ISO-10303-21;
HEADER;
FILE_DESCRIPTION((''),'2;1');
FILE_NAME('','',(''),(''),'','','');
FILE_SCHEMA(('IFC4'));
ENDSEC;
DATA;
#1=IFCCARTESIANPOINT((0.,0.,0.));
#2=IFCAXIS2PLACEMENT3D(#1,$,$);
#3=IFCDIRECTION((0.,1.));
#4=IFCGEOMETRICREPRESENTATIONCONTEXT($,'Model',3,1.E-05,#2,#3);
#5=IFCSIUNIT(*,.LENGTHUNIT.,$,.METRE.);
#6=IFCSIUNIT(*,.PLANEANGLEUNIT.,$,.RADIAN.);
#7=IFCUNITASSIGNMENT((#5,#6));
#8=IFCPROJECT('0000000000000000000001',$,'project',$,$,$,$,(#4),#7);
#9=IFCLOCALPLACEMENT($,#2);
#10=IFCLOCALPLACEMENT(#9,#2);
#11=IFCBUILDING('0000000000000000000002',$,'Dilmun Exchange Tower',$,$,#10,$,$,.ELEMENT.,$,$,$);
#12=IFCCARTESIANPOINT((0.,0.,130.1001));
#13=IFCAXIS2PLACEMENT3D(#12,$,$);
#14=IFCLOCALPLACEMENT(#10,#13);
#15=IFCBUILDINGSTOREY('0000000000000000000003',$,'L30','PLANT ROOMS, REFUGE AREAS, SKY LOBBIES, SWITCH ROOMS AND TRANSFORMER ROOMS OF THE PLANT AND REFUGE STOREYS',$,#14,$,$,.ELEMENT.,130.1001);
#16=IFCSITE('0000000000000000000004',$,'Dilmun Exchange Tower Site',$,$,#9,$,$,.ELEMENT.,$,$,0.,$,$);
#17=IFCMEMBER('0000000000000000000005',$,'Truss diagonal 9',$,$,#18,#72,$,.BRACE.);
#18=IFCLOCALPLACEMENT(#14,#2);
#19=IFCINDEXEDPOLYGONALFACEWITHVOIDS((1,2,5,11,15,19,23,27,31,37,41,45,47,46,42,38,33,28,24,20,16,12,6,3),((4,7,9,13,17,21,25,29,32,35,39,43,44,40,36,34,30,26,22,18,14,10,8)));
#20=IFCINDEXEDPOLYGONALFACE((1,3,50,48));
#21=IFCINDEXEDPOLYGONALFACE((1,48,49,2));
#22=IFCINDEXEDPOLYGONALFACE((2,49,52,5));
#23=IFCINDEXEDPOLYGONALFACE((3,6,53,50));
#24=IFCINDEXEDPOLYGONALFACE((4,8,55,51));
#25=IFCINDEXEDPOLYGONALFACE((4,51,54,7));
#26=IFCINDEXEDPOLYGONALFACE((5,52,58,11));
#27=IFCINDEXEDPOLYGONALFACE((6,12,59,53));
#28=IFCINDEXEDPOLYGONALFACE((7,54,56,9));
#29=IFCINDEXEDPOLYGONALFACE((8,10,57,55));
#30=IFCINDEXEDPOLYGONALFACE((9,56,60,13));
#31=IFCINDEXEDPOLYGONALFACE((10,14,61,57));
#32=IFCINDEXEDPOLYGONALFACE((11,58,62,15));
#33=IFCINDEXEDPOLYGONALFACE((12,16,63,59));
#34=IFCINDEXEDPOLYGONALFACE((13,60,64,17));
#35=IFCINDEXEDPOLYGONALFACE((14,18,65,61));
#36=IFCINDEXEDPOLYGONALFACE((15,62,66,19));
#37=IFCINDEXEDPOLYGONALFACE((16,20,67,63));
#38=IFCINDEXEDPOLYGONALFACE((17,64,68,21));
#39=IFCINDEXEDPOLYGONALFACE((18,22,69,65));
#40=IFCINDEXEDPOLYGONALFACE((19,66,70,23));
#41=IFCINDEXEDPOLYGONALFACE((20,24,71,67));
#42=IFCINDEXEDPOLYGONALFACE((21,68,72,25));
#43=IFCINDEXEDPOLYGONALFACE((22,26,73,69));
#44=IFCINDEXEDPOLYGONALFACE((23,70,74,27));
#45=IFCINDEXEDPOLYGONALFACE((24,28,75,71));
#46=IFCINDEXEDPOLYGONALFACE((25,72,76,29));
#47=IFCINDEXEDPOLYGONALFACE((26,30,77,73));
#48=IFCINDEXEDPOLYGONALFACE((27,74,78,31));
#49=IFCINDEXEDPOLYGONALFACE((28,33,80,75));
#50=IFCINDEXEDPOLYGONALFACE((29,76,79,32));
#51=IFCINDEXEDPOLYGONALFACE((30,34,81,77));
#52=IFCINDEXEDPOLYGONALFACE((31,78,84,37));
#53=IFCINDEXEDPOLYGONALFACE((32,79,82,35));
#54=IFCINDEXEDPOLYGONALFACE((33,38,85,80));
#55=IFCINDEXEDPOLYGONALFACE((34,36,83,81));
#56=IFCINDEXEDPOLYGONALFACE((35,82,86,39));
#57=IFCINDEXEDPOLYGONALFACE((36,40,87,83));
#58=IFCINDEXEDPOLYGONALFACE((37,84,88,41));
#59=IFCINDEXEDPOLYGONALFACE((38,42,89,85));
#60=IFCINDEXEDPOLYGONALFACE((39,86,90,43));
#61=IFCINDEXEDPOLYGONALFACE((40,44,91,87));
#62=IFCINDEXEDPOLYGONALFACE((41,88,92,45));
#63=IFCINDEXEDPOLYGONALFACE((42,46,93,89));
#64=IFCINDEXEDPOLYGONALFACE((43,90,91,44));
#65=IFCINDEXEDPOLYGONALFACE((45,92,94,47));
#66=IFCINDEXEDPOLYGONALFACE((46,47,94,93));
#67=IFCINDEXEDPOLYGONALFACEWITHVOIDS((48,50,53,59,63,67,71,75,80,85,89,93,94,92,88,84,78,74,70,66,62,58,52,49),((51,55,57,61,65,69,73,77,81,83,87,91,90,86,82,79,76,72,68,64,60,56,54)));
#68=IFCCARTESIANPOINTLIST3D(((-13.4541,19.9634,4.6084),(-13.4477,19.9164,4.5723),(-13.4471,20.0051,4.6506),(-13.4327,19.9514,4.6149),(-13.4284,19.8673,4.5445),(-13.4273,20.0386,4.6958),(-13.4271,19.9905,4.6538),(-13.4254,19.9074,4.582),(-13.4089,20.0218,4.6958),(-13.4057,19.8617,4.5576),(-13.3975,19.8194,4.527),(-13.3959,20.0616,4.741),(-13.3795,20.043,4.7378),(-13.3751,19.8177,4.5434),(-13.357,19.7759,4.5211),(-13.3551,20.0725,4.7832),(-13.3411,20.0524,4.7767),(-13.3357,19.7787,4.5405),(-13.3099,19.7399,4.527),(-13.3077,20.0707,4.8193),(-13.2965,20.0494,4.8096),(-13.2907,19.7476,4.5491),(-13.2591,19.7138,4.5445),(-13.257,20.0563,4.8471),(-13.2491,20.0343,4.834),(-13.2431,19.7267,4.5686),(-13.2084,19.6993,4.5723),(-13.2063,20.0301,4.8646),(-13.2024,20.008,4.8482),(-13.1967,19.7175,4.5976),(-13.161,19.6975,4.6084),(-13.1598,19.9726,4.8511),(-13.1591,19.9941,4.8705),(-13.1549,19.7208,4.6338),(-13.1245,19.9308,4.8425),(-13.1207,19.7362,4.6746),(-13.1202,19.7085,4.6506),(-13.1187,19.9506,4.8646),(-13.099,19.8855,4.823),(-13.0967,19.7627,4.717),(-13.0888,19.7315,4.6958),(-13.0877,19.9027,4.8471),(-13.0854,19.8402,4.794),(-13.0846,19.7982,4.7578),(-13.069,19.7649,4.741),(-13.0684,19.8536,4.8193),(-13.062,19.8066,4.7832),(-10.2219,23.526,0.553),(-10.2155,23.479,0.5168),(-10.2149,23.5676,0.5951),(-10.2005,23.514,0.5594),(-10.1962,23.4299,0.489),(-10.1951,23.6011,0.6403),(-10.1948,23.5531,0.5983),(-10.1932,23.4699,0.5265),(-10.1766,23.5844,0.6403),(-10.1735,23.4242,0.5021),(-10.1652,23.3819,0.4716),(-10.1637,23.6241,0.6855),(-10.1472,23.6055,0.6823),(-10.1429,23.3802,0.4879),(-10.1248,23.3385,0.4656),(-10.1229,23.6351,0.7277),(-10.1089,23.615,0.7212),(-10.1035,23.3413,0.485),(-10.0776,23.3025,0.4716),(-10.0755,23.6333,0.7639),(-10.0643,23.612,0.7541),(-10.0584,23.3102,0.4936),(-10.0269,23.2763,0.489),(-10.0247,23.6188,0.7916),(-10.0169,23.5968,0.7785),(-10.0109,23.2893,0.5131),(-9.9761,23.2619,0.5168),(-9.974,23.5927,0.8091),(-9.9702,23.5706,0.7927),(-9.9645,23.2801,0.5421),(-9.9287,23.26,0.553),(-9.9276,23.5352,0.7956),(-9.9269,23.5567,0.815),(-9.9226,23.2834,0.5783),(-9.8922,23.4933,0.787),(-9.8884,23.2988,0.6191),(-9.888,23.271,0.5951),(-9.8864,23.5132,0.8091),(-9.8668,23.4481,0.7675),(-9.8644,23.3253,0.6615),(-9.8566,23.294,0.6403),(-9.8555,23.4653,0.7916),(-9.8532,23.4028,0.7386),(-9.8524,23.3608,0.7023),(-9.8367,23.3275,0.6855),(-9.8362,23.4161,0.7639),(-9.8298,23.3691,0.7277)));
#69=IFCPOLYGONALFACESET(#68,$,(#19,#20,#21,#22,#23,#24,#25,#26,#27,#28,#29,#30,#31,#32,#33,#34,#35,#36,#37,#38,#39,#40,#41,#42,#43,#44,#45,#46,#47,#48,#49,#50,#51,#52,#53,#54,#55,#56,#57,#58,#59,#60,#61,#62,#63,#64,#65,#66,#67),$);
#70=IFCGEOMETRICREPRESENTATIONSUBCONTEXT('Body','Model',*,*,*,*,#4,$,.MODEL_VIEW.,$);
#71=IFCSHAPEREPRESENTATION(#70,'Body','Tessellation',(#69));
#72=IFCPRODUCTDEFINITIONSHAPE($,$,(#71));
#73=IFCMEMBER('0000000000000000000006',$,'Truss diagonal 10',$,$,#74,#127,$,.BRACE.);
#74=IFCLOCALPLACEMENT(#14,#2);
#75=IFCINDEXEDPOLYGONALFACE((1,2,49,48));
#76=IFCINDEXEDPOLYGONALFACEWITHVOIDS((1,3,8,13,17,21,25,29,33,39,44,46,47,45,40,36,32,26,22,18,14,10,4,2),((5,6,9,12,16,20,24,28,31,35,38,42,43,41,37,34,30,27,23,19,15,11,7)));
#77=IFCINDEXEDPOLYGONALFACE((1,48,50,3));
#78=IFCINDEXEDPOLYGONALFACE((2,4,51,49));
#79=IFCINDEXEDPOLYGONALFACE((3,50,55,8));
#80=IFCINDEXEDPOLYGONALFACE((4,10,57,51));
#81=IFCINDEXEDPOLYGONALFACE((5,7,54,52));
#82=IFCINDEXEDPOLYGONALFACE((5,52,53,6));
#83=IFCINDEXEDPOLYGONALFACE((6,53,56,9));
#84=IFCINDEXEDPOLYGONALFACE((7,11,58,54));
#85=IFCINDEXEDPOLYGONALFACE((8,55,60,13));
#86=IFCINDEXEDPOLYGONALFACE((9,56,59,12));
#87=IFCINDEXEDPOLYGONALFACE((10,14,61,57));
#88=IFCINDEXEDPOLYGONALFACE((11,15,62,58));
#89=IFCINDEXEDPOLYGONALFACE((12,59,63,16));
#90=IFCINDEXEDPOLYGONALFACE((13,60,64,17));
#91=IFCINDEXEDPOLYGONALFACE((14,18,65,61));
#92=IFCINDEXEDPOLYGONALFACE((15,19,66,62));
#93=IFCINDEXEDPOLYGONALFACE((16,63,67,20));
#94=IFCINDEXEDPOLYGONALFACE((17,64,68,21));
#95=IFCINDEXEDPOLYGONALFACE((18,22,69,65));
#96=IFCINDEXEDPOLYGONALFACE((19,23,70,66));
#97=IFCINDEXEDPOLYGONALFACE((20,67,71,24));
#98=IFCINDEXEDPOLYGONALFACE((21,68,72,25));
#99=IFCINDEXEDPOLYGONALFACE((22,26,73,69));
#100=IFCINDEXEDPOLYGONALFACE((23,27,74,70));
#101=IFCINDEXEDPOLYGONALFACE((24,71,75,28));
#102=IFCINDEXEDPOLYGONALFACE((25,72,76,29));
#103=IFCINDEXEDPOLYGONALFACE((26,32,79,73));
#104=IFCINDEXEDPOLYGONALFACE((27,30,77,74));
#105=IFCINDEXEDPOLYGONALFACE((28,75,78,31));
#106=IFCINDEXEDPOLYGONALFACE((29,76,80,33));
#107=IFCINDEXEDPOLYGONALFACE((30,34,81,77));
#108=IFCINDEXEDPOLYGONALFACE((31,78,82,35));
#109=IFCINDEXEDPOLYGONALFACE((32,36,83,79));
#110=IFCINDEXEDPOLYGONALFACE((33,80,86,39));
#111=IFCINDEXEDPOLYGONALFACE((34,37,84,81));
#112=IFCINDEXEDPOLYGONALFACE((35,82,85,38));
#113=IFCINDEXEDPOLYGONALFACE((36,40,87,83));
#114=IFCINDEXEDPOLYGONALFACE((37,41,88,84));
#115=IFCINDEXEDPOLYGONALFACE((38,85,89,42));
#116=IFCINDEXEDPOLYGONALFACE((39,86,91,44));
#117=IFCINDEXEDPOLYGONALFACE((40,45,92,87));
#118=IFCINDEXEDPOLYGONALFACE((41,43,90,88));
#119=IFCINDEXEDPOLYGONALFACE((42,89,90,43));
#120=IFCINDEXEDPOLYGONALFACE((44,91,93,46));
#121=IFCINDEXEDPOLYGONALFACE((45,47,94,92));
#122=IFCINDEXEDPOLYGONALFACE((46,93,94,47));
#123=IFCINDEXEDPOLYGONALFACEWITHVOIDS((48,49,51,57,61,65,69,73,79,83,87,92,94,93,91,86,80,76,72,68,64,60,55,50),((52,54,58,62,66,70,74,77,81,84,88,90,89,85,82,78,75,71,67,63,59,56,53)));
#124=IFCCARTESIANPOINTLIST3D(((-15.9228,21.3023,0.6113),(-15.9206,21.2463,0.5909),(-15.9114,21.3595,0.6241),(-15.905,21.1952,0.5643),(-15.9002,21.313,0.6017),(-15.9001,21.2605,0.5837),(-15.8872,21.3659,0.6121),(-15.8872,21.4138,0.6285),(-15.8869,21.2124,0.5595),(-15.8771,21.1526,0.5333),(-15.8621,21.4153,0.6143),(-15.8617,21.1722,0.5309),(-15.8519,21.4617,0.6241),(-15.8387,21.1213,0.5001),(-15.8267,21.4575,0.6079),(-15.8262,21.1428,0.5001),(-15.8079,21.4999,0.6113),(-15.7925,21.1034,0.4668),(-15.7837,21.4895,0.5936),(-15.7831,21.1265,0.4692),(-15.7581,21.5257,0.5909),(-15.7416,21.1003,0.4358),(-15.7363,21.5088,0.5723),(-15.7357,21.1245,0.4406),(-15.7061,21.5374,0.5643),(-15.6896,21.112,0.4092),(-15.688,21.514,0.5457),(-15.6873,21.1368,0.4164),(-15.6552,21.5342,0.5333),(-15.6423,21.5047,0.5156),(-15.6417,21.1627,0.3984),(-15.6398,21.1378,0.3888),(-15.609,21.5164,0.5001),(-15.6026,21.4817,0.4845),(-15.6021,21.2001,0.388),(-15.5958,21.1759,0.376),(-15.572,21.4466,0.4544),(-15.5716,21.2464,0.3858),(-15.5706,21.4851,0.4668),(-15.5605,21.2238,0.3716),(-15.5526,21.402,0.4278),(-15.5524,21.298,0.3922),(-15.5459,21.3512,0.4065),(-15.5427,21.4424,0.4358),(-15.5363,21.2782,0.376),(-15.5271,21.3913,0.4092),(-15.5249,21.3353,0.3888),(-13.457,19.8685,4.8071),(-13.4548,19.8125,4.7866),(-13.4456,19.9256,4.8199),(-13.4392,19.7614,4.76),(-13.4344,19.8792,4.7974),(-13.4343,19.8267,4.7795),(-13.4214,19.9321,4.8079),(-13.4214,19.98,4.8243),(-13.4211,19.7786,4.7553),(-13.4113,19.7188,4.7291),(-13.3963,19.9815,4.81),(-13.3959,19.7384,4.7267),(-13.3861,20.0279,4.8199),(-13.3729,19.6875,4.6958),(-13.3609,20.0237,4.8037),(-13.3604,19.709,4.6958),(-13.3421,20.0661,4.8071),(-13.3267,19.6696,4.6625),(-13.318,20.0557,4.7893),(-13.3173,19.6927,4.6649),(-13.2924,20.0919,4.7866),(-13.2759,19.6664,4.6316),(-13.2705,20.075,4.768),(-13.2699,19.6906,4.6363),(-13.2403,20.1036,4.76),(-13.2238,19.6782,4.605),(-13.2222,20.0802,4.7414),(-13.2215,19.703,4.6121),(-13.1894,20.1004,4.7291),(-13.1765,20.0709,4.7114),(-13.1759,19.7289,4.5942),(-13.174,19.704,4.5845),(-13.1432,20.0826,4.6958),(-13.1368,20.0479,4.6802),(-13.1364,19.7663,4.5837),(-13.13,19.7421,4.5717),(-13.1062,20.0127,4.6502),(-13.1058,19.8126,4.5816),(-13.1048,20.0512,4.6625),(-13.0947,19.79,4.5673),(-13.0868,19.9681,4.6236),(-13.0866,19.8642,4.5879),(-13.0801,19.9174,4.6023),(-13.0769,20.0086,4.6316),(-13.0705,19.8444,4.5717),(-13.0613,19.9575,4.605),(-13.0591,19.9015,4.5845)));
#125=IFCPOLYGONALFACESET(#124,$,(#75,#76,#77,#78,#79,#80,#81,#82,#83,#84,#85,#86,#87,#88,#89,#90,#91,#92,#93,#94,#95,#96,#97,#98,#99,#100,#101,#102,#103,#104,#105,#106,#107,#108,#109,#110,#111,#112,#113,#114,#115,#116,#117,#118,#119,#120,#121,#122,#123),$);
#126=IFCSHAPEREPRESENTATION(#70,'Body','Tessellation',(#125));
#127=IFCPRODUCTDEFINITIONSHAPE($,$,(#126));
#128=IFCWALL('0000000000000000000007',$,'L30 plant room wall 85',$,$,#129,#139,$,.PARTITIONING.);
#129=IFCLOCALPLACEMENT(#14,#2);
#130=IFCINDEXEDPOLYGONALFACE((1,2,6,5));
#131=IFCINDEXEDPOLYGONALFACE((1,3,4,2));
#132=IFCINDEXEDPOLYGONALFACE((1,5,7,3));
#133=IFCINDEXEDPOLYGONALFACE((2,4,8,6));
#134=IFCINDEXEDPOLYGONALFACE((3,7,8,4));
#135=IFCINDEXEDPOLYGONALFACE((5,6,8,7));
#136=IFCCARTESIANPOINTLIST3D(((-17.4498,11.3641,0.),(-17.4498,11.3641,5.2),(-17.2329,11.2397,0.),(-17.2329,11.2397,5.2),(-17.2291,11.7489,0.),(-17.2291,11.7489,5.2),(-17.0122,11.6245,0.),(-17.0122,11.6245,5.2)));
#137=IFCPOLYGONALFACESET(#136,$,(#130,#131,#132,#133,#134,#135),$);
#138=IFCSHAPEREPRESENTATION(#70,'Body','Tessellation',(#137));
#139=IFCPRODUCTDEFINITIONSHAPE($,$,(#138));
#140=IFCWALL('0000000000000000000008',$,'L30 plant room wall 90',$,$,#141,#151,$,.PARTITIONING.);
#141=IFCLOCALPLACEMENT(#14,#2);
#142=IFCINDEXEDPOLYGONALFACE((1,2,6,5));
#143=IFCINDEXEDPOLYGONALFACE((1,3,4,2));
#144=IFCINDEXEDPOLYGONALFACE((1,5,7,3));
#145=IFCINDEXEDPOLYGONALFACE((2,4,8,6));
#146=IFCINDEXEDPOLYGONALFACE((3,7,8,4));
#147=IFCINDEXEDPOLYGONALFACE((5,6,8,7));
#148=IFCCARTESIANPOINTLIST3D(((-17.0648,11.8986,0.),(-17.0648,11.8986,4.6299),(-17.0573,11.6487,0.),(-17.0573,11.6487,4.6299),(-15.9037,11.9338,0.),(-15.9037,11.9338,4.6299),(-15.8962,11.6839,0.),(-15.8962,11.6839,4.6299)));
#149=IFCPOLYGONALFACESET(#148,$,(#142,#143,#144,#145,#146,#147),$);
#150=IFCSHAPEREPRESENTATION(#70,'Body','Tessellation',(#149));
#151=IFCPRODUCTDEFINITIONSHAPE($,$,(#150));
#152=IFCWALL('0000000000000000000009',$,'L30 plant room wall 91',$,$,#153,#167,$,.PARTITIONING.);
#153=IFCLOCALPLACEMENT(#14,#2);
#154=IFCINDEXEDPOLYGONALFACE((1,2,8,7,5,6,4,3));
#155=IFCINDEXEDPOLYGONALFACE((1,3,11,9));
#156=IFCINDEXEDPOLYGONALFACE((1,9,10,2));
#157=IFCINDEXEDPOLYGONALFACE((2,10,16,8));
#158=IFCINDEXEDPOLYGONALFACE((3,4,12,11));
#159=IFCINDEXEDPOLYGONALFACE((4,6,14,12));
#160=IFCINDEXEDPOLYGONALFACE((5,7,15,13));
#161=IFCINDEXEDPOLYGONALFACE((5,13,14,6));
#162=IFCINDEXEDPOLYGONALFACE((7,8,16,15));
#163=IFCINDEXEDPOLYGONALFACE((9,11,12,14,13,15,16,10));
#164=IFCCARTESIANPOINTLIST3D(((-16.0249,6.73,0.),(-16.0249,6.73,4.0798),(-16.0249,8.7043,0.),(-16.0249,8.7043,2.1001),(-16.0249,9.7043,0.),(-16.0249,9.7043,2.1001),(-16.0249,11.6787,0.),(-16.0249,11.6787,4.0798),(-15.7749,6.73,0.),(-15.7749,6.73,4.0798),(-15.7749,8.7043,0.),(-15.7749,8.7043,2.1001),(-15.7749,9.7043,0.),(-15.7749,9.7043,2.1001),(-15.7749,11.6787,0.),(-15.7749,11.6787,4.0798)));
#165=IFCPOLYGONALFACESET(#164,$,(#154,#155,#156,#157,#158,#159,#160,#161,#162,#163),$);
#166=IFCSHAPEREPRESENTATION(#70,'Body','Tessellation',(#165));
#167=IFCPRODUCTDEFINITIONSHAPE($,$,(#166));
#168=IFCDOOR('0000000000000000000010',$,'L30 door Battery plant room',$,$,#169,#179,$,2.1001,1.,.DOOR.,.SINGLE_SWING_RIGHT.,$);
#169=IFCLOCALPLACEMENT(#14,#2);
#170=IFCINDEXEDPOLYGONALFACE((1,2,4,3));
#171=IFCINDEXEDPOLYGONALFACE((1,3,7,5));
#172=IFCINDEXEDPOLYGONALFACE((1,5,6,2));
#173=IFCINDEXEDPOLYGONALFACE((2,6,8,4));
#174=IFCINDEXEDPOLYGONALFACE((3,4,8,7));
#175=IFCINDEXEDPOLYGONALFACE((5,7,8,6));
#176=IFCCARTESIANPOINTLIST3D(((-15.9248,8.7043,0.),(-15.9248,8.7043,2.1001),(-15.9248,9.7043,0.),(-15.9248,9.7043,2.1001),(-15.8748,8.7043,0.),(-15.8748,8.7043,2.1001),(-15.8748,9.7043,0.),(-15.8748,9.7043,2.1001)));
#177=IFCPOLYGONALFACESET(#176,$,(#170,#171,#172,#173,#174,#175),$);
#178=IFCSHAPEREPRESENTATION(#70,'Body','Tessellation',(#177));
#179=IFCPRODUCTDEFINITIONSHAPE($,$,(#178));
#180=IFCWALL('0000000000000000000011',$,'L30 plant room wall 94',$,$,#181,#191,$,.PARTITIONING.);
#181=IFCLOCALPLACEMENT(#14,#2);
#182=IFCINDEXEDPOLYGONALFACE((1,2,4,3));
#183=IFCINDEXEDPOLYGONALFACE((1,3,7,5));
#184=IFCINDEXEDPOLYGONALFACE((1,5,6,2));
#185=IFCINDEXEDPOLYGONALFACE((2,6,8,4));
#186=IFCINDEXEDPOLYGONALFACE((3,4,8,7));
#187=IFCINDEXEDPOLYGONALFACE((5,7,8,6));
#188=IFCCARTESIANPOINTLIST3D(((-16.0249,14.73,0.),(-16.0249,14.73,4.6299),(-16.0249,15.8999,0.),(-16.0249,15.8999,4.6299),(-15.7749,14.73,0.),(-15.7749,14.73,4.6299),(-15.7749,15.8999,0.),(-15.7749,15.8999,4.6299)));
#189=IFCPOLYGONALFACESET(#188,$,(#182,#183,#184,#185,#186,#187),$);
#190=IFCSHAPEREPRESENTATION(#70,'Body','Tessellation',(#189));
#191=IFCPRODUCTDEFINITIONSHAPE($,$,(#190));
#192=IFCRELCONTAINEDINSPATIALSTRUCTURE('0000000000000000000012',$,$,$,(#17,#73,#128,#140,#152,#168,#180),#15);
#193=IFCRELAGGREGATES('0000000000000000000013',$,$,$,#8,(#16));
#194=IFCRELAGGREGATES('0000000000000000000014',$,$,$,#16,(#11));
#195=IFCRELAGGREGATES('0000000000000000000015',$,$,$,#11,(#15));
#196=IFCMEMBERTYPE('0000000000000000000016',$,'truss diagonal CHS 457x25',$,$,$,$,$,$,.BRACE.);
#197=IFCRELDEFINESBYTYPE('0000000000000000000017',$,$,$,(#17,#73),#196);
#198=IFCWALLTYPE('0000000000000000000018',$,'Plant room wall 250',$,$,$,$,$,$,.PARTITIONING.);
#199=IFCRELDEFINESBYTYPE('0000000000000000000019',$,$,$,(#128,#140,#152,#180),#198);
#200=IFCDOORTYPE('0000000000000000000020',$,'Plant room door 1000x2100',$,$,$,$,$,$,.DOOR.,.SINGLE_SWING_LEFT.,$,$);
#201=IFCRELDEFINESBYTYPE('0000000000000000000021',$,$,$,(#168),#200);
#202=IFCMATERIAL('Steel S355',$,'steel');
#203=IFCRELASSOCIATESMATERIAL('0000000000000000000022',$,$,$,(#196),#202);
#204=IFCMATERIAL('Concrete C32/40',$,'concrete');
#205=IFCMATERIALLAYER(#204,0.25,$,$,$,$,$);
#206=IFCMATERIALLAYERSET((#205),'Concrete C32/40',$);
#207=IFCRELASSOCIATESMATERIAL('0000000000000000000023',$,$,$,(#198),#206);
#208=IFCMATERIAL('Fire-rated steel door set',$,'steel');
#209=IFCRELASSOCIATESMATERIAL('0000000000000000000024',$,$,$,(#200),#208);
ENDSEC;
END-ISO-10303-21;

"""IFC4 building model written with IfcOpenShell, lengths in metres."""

from ifc_helpers import new_model, si_unit, direction, frame, frame_2d, origin, origin_2d, place, context, subcontext, project, spatial, rectangle, hollow_circle, extrude, material, layer, layer_set, material_profile, profile_set, type_object, element, fill, save


model = new_model("IFC4")

# Units and contexts
model_context = context("Model", 3, precision=1e-05, world=origin(), true_north=direction((0.0, 1.0)))
body_context = subcontext(model_context, "Body", "Model", "MODEL_VIEW")
ifc_project = project(units=[si_unit("LENGTHUNIT", "METRE"), si_unit("PLANEANGLEUNIT", "RADIAN")], contexts=[model_context])

# Site, building, storey
site_placement = place(None, origin())
site = spatial("IfcSite", under=ifc_project, at=site_placement, Name="Dilmun Exchange Tower Site", CompositionType="ELEMENT", RefElevation=0.0)
building_placement = place(site_placement, origin())
building = spatial("IfcBuilding", under=site, at=building_placement, Name="Dilmun Exchange Tower", CompositionType="ELEMENT")
storey_placement = place(building_placement, frame((0.0, 0.0, 130.1001)))
storey = spatial("IfcBuildingStorey", under=building, at=storey_placement, Name="L30", Description="PLANT ROOMS, REFUGE AREAS, SKY LOBBIES, SWITCH ROOMS AND TRANSFORMER ROOMS OF THE PLANT AND REFUGE STOREYS", CompositionType="ELEMENT", Elevation=130.1001)

# Shared definitions
ifc_material_1 = material(Name="Steel S355", Category="steel")

# Members
ifc_material_profile_1 = material_profile(ifc_material_1, hollow_circle(Radius=0.2285, WallThickness=0.0249, at=origin_2d()), Name="CHS 457x25")
ifc_profile_set_1 = profile_set([ifc_material_profile_1], Name="Steel S355")
member_type_1 = type_object("IfcMemberType", Name="truss diagonal CHS 457x25", PredefinedType="BRACE", material=ifc_profile_set_1)
member_1_placement = place(storey_placement, frame((-13.2581, 19.885, 4.6958), z_axis=(0.513725, 0.566227, -0.644572), x_axis=(-0.740608, 0.671937, 0.0)))
element("IfcMember", 1, at=member_1_placement, inside=storey, type_object=member_type_1, Name="Truss diagonal 9", PredefinedType="BRACE", context=body_context, shape_type="SweptSolid", body=[
    extrude(hollow_circle(Radius=0.2285, WallThickness=0.0249, at=origin_2d()), origin(), (0.0, 0.0, 1.0), 6.2917),
])
member_2_placement = place(storey_placement, frame((-13.2581, 19.885, 4.6958), z_axis=(-0.486015, 0.28261, -0.826995), x_axis=(-0.502678, -0.864473, 0.0)))
element("IfcMember", 2, at=member_2_placement, inside=storey, type_object=member_type_1, Name="Truss diagonal 10", PredefinedType="BRACE", context=body_context, shape_type="SweptSolid", body=[
    extrude(hollow_circle(Radius=0.2285, WallThickness=0.0249, at=origin_2d()), origin(), (0.0, 0.0, 1.0), 5.0735),
])

# Shared definitions
ifc_material_2 = material(Name="Fire-rated steel door set", Category="steel")

# Walls
ifc_material_3 = material(Name="Concrete C32/40", Category="concrete")
ifc_layer_1 = layer(ifc_material_3, 0.25)
ifc_layer_set_1 = layer_set([ifc_layer_1], Name="Concrete C32/40")
wall_type_1 = type_object("IfcWallType", Name="Plant room wall 250", PredefinedType="PARTITIONING", material=ifc_layer_set_1)
wall_1_placement = place(storey_placement, frame((-17.3413, 11.302, 0.0), z_axis=(0.0, 0.0, 1.0), x_axis=(0.497561, 0.867429, 0.0)))
element("IfcWall", 3, at=wall_1_placement, inside=storey, type_object=wall_type_1, Name="L30 plant room wall 85", PredefinedType="PARTITIONING", context=body_context, shape_type="SweptSolid", body=[
    extrude(rectangle(XDim=0.4436, YDim=0.25, at=frame_2d((0.2217, 0.0))), origin(), (0.0, 0.0, 1.0), 5.2),
])
wall_2_placement = place(storey_placement, frame((-17.061, 11.7737, 0.0), z_axis=(0.0, 0.0, 1.0), x_axis=(0.999542, 0.030264, 0.0)))
element("IfcWall", 4, at=wall_2_placement, inside=storey, type_object=wall_type_1, Name="L30 plant room wall 90", PredefinedType="PARTITIONING", context=body_context, shape_type="SweptSolid", body=[
    extrude(rectangle(XDim=1.1616, YDim=0.25, at=frame_2d((0.5808, 0.0))), origin(), (0.0, 0.0, 1.0), 4.6299),
])

# Wall, opening, door
wall_3_placement = place(storey_placement, frame((-15.8999, 6.73, 0.0), z_axis=(0.0, 0.0, 1.0), x_axis=(0.0, 1.0, 0.0)))
wall_3 = element("IfcWall", 5, at=wall_3_placement, inside=storey, type_object=wall_type_1, Name="L30 plant room wall 91", PredefinedType="PARTITIONING", context=body_context, shape_type="SweptSolid", body=[
    extrude(rectangle(XDim=4.9487, YDim=0.25, at=frame_2d((2.4744, 0.0))), origin(), (0.0, 0.0, 1.0), 4.0798),
])
opening_1_placement = place(wall_3_placement, frame((1.9744, 0.0, 0.0)))
opening_1 = element("IfcOpeningElement", 6, at=opening_1_placement, cuts=wall_3, PredefinedType="OPENING", context=body_context, shape_type="SweptSolid", body=[
    extrude(rectangle(XDim=1.0, YDim=2.1001, at=frame_2d((0.5, 1.05))), frame((0.0, 0.135, 0.0), z_axis=(0.0, -1.0, 0.0), x_axis=(1.0, 0.0, 0.0)), (0.0, 0.0, 1.0), 0.27),
])
door_type_1 = type_object("IfcDoorType", Name="Plant room door 1000x2100", OperationType="SINGLE_SWING_LEFT", PredefinedType="DOOR", material=ifc_material_2)
door_1_placement = place(opening_1_placement, origin())
door_1 = element("IfcDoor", 7, at=door_1_placement, inside=storey, type_object=door_type_1, Name="L30 door Battery plant room", OperationType="SINGLE_SWING_RIGHT", OverallHeight=2.1001, OverallWidth=1.0, PredefinedType="DOOR", context=body_context, shape_type="SweptSolid", body=[
    extrude(rectangle(XDim=1.0, YDim=2.1001, at=frame_2d((0.5, 1.05))), frame((0.0, 0.0249, 0.0), z_axis=(0.0, -1.0, 0.0), x_axis=(1.0, 0.0, 0.0)), (0.0, 0.0, 1.0), 0.05),
])
fill(opening_1, door_1)

# Wall
wall_4_placement = place(storey_placement, frame((-15.8999, 14.73, 0.0), z_axis=(0.0, 0.0, 1.0), x_axis=(0.0, 1.0, 0.0)))
element("IfcWall", 8, at=wall_4_placement, inside=storey, type_object=wall_type_1, Name="L30 plant room wall 94", PredefinedType="PARTITIONING", context=body_context, shape_type="SweptSolid", body=[
    extrude(rectangle(XDim=1.1699, YDim=0.25, at=frame_2d((0.585, 0.0))), origin(), (0.0, 0.0, 1.0), 4.6299),
])

save(model, "model.ifc")
